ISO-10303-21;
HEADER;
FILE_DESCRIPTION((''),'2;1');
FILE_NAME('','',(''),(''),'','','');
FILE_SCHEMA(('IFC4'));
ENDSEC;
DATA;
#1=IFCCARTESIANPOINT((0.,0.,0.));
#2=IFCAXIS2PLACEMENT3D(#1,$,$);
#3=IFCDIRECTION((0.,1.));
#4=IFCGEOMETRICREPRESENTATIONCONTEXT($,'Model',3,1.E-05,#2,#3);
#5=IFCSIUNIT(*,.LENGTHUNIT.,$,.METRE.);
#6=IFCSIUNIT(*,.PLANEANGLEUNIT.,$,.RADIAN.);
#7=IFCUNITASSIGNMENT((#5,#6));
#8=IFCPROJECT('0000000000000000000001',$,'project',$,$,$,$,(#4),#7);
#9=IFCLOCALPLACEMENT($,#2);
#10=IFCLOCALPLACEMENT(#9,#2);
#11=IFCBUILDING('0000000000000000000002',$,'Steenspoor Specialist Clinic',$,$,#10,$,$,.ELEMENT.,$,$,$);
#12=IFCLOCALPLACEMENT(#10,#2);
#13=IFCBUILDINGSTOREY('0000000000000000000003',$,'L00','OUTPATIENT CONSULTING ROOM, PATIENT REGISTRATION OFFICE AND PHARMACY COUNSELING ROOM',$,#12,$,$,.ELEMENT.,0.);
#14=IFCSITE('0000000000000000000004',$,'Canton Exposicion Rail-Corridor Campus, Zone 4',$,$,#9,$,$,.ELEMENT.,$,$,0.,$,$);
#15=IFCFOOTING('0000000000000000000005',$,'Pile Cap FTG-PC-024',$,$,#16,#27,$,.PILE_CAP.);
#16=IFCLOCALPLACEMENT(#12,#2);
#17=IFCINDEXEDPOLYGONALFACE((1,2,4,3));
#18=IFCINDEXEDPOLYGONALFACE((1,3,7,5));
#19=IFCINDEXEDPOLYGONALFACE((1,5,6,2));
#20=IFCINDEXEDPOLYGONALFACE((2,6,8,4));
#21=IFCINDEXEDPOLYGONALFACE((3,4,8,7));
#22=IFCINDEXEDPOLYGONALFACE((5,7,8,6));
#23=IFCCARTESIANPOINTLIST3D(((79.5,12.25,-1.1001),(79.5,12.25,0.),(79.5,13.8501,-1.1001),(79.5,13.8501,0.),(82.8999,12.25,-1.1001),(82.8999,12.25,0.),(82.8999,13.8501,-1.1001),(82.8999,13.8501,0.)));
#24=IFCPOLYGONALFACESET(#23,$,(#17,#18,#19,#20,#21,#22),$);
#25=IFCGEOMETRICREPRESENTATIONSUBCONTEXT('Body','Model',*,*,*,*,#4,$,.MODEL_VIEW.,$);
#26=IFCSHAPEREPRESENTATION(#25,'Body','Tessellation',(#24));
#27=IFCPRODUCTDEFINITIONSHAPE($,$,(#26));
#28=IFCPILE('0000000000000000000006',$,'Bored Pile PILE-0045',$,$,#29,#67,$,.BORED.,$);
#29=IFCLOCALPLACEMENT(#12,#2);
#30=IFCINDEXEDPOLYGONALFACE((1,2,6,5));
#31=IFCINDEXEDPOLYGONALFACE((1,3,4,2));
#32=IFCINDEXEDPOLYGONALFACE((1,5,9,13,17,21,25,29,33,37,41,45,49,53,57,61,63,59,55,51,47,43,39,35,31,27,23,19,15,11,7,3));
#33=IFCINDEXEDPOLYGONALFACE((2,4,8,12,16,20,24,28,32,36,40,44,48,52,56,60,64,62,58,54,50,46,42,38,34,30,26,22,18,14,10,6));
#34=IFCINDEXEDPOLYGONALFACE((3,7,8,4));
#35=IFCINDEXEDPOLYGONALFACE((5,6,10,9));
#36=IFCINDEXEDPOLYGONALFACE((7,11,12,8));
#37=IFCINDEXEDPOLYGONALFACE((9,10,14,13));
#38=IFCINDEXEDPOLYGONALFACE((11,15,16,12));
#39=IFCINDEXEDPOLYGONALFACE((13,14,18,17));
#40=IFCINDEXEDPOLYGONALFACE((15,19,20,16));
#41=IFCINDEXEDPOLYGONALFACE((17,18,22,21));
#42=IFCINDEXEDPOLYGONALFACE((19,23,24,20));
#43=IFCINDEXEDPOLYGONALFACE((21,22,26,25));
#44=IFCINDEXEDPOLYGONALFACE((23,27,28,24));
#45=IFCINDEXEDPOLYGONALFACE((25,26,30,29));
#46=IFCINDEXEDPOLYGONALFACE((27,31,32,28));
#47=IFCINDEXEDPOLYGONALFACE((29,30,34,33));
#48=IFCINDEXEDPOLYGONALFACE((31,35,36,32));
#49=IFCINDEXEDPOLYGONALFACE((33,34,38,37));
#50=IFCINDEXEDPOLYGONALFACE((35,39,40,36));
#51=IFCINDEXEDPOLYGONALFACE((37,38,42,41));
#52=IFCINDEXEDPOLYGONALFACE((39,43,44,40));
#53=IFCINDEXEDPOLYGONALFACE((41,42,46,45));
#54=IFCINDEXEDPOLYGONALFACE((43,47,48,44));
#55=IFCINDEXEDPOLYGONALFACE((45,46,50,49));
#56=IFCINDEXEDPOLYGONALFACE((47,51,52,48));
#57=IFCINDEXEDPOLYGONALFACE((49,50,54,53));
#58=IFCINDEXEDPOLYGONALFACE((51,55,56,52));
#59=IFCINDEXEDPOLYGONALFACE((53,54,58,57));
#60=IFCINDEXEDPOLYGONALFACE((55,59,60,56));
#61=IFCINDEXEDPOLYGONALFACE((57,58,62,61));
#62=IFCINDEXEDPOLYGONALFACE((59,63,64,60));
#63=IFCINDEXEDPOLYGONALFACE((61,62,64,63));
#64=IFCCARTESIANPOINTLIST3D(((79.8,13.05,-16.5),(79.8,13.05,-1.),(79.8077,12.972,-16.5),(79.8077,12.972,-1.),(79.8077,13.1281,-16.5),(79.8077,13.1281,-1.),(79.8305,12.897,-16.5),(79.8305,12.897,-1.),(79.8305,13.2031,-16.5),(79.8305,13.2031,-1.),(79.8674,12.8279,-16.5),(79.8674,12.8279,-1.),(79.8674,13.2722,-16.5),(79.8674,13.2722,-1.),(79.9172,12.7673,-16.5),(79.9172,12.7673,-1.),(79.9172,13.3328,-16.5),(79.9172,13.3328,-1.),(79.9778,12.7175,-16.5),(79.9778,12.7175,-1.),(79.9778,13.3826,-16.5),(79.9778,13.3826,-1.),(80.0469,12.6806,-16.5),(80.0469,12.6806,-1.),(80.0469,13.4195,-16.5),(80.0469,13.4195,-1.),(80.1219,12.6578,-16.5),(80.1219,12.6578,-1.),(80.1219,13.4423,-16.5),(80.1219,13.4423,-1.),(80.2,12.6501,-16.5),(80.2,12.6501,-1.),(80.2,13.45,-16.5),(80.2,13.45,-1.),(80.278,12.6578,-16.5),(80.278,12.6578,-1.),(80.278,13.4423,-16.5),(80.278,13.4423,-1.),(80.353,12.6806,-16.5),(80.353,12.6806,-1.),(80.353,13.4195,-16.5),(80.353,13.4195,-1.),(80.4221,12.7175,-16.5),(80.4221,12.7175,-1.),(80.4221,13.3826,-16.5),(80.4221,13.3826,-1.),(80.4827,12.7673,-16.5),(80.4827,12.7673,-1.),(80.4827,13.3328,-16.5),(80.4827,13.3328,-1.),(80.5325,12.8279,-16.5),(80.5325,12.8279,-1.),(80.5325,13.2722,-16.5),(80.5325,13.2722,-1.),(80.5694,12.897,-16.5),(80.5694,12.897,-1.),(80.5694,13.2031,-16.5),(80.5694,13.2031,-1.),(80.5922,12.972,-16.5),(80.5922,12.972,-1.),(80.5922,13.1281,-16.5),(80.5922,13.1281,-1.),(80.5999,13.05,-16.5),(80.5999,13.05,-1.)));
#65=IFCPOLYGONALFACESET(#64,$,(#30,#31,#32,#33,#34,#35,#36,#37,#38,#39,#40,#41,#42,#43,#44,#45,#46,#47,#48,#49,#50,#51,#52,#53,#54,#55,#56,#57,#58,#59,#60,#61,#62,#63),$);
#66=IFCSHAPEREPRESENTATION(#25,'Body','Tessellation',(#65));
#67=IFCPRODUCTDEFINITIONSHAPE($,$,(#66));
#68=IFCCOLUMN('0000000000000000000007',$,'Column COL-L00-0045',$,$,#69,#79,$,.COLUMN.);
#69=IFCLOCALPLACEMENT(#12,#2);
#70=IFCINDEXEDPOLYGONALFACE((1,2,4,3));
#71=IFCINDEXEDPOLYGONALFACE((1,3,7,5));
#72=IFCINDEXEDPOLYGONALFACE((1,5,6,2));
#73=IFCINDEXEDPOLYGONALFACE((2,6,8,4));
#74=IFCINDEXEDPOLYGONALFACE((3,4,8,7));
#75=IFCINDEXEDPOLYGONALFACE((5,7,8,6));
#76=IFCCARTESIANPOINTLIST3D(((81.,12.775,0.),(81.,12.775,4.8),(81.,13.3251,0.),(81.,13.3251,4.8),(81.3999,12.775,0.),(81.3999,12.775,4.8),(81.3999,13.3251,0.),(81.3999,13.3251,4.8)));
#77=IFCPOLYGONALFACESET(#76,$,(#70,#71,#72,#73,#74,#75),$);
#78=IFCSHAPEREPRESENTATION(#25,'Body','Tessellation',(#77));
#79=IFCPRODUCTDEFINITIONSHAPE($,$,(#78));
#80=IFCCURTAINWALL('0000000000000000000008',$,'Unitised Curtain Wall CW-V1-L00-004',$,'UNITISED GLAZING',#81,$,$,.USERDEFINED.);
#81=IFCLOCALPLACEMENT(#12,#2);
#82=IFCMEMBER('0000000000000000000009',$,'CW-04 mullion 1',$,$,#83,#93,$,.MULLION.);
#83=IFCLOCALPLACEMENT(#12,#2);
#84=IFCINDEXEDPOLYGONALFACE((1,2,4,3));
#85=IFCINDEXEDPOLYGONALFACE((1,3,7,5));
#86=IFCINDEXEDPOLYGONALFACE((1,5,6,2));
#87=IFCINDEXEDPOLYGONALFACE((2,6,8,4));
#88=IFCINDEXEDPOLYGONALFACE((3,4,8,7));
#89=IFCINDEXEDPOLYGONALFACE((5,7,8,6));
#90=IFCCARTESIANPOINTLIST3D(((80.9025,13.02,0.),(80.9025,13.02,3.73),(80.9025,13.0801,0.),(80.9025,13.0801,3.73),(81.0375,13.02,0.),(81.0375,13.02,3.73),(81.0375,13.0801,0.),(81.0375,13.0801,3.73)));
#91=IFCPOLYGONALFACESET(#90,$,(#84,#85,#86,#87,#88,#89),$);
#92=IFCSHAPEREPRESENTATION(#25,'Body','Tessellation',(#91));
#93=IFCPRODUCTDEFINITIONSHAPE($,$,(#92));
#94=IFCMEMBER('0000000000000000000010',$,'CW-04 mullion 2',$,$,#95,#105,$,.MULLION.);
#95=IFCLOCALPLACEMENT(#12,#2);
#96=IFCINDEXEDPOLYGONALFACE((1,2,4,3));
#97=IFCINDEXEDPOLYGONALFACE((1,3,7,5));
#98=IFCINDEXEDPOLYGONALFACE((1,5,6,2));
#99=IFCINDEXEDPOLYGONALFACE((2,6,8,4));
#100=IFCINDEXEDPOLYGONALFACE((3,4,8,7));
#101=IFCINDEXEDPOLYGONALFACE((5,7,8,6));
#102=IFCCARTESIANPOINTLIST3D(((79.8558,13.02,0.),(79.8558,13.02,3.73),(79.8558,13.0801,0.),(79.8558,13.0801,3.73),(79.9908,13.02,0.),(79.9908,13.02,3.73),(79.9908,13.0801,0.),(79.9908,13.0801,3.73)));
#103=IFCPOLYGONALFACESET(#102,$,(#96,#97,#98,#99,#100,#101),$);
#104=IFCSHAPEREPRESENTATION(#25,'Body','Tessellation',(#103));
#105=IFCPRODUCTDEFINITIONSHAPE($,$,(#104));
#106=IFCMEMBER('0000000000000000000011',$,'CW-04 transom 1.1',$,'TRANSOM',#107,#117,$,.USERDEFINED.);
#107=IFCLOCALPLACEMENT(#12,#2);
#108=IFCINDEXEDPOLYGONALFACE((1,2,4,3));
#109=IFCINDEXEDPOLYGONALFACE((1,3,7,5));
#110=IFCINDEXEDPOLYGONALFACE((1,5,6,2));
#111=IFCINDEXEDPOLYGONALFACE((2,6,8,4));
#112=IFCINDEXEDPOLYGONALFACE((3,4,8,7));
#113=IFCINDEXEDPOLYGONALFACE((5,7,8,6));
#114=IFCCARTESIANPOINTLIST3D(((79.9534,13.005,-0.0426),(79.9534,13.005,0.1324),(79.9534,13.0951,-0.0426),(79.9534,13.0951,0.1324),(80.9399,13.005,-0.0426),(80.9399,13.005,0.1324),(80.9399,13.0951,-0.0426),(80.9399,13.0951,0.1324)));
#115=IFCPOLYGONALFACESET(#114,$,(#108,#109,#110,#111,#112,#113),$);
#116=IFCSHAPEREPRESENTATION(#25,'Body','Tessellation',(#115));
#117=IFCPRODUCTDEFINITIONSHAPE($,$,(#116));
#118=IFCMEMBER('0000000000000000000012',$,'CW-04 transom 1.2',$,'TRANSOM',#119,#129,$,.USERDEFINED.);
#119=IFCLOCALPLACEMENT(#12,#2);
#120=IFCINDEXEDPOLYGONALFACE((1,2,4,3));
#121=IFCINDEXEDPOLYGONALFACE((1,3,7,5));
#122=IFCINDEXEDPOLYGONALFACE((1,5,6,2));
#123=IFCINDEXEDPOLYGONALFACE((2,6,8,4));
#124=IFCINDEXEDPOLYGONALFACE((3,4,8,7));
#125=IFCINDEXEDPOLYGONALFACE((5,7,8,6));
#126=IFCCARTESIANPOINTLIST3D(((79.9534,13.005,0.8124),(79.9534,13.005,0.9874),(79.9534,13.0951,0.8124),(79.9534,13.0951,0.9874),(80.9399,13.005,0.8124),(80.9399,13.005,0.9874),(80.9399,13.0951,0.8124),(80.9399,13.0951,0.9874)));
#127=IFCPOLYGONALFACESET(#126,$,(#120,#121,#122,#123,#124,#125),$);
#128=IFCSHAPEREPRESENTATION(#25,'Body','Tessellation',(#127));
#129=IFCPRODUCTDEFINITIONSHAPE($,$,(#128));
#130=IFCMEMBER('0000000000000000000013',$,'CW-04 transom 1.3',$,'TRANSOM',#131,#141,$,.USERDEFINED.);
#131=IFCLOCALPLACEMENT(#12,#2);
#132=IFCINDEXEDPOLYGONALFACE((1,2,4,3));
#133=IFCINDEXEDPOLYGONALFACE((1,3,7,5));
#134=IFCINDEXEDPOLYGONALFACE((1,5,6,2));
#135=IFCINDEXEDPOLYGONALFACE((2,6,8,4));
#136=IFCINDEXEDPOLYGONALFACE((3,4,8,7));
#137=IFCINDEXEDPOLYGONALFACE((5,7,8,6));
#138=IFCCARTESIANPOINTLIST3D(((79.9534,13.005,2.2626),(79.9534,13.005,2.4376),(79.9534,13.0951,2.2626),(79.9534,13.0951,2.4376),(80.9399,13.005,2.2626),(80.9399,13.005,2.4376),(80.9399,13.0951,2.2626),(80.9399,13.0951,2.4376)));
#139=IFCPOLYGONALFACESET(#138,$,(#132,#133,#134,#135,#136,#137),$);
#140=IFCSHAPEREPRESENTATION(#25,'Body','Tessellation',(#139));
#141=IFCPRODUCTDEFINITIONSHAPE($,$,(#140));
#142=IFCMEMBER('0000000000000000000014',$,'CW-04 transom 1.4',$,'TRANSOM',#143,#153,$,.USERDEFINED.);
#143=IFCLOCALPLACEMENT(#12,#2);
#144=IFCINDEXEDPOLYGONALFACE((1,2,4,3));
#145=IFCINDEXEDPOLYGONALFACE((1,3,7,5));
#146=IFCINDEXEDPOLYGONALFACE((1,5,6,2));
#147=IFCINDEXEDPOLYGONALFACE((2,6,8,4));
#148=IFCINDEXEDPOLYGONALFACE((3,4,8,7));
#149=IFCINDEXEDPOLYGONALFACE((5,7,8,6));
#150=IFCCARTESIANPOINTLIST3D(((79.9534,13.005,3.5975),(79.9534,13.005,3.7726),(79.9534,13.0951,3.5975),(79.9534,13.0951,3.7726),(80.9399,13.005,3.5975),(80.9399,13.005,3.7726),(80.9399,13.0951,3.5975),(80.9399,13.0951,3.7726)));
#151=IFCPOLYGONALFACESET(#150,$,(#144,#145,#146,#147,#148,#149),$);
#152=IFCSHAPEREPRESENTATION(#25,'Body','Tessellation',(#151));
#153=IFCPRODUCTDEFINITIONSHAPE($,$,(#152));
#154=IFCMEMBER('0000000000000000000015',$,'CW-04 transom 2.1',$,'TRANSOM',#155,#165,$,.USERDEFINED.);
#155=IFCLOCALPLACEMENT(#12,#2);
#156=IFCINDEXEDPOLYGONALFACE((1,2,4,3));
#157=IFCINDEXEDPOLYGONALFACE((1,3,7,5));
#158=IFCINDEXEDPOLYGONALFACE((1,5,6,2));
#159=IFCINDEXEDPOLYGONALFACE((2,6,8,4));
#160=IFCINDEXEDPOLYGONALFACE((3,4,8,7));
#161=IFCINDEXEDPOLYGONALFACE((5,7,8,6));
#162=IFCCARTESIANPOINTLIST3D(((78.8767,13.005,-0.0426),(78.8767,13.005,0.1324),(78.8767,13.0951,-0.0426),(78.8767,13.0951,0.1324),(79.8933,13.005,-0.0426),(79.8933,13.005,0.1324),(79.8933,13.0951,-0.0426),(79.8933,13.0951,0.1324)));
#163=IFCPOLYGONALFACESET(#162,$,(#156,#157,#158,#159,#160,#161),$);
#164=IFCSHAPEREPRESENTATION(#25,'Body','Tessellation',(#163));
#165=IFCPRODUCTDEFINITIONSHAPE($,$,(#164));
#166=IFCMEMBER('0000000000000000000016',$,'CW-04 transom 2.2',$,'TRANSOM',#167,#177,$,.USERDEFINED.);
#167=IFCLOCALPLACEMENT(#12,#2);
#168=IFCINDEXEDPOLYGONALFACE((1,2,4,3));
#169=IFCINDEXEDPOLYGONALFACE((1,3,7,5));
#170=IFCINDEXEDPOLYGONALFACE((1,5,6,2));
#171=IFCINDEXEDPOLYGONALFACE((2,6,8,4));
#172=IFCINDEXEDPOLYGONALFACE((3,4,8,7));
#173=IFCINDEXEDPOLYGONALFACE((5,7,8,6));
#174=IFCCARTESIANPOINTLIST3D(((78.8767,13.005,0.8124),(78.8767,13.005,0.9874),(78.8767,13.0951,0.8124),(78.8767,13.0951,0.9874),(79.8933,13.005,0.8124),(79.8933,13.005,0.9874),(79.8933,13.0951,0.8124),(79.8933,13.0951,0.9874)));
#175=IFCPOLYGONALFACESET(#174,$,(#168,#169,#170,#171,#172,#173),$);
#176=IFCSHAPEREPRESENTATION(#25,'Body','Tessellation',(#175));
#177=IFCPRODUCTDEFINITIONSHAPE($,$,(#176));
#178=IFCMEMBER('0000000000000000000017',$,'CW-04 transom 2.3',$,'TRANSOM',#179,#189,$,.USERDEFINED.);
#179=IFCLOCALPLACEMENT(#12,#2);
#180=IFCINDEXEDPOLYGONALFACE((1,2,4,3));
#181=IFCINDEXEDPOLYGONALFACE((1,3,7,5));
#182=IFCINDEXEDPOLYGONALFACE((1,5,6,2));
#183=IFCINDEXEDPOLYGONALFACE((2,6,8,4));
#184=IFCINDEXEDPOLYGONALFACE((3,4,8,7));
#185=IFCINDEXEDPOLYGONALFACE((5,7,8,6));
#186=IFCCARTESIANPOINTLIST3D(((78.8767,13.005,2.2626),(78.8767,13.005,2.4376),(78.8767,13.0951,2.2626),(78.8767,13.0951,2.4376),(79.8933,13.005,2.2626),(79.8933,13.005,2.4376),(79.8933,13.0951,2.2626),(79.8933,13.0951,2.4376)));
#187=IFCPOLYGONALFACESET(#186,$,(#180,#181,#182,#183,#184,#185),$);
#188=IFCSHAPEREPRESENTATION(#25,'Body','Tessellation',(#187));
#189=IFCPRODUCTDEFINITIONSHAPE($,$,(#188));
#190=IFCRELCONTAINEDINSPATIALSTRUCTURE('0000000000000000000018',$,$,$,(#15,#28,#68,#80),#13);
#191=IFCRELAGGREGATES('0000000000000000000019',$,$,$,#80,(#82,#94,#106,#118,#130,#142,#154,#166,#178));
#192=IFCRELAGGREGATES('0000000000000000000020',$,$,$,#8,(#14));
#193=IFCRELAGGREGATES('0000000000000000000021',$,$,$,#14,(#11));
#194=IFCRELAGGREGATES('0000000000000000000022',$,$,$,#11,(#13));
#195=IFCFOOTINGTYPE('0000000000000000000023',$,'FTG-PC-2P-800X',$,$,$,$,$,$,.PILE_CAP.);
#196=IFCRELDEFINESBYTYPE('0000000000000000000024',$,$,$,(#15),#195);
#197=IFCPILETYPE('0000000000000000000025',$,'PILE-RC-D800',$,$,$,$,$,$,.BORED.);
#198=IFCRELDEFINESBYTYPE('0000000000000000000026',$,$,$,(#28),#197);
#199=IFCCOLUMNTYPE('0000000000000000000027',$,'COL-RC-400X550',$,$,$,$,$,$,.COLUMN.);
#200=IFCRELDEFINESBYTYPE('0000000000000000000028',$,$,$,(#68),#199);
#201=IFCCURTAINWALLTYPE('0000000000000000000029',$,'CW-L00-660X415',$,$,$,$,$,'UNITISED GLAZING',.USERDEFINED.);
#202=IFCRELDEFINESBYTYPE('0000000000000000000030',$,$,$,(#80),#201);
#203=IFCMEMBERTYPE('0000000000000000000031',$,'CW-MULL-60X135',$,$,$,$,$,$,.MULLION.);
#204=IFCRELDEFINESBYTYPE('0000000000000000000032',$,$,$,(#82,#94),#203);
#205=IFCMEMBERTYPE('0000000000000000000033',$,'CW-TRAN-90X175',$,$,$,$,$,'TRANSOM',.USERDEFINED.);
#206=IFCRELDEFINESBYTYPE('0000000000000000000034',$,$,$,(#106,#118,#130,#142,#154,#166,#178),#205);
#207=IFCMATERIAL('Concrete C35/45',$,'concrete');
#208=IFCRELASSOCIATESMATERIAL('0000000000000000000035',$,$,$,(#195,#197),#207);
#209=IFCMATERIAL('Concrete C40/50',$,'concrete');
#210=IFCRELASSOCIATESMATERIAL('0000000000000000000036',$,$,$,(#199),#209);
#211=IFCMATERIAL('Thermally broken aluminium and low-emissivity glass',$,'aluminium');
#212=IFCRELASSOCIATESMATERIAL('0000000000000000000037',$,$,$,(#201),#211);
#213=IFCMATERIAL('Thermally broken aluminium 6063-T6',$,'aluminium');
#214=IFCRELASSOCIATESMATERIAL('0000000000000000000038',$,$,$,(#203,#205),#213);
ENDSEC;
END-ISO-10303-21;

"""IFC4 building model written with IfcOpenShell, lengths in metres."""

from ifc_helpers import new_model, si_unit, direction, frame, origin, origin_2d, place, context, subcontext, project, spatial, rectangle, circle, extrude, material, material_profile, profile_set, type_object, element, aggregate, save


model = new_model("IFC4")

# Units and contexts
model_context = context("Model", 3, precision=1e-05, world=origin(), true_north=direction((0.0, 1.0)))
body_context = subcontext(model_context, "Body", "Model", "MODEL_VIEW")
ifc_project = project(units=[si_unit("LENGTHUNIT", "METRE"), si_unit("PLANEANGLEUNIT", "RADIAN")], contexts=[model_context])

# Site, building, storey
site_placement = place(None, origin())
site = spatial("IfcSite", under=ifc_project, at=site_placement, Name="Canton Exposicion Rail-Corridor Campus, Zone 4", CompositionType="ELEMENT", RefElevation=0.0)
building_placement = place(site_placement, origin())
building = spatial("IfcBuilding", under=site, at=building_placement, Name="Steenspoor Specialist Clinic", CompositionType="ELEMENT")
storey_placement = place(building_placement, origin())
storey = spatial("IfcBuildingStorey", under=building, at=storey_placement, Name="L00", Description="OUTPATIENT CONSULTING ROOM, PATIENT REGISTRATION OFFICE AND PHARMACY COUNSELING ROOM", CompositionType="ELEMENT", Elevation=0.0)

# Footing
ifc_material_1 = material(Name="Concrete C35/45", Category="concrete")
footing_type = type_object("IfcFootingType", Name="FTG-PC-2P-800X", PredefinedType="PILE_CAP", material=ifc_material_1)
footing_placement = place(storey_placement, frame((81.2, 13.05, -1.1001), z_axis=(0.0, 0.0, 1.0), x_axis=(1.0, 0.0, 0.0)))
element("IfcFooting", 1, at=footing_placement, inside=storey, type_object=footing_type, Name="Pile Cap FTG-PC-024", PredefinedType="PILE_CAP", context=body_context, shape_type="SweptSolid", body=[
    extrude(rectangle(XDim=3.3999, YDim=1.6001, at=origin_2d()), origin(), (0.0, 0.0, 1.0), 1.1001),
])

# Pile
ifc_material_profile_1 = material_profile(ifc_material_1, circle(Radius=0.3999, at=origin_2d()), Name="PILE-D800")
ifc_profile_set_1 = profile_set([ifc_material_profile_1], Name="Concrete C35/45")
pile_type = type_object("IfcPileType", Name="PILE-RC-D800", PredefinedType="BORED", material=ifc_profile_set_1)
pile_placement = place(storey_placement, frame((80.2, 13.05, -1.0), z_axis=(0.0, 0.0, -1.0), x_axis=(1.0, 0.0, 0.0)))
element("IfcPile", 2, at=pile_placement, inside=storey, type_object=pile_type, Name="Bored Pile PILE-0045", PredefinedType="BORED", context=body_context, shape_type="SweptSolid", body=[
    extrude(circle(Radius=0.3999, at=origin_2d()), origin(), (0.0, 0.0, 1.0), 15.5),
])

# Column
ifc_material_2 = material(Name="Concrete C40/50", Category="concrete")
ifc_material_profile_2 = material_profile(ifc_material_2, rectangle(XDim=0.3999, YDim=0.55, at=origin_2d()), Name="RC-COL-400X550")
ifc_profile_set_2 = profile_set([ifc_material_profile_2], Name="Concrete C40/50")
column_type = type_object("IfcColumnType", Name="COL-RC-400X550", PredefinedType="COLUMN", material=ifc_profile_set_2)
column_placement = place(storey_placement, frame((81.2, 13.05, 0.0), z_axis=(0.0, 0.0, 1.0), x_axis=(1.0, 0.0, 0.0)))
element("IfcColumn", 3, at=column_placement, inside=storey, type_object=column_type, Name="Column COL-L00-0045", PredefinedType="COLUMN", context=body_context, shape_type="SweptSolid", body=[
    extrude(rectangle(XDim=0.3999, YDim=0.55, at=origin_2d()), origin(), (0.0, 0.0, 1.0), 4.8),
])

# Curtain wall, members
ifc_material_3 = material(Name="Thermally broken aluminium and low-emissivity glass", Category="aluminium")
curtain_wall_type = type_object("IfcCurtainWallType", Name="CW-L00-660X415", ElementType="UNITISED GLAZING", PredefinedType="USERDEFINED", material=ifc_material_3)
curtain_wall_placement = place(storey_placement, origin())
curtain_wall = element("IfcCurtainWall", 4, at=curtain_wall_placement, inside=storey, type_object=curtain_wall_type, Name="Unitised Curtain Wall CW-V1-L00-004", ObjectType="UNITISED GLAZING", PredefinedType="USERDEFINED")
ifc_material_4 = material(Name="Thermally broken aluminium 6063-T6", Category="aluminium")
ifc_material_profile_3 = material_profile(ifc_material_4, rectangle(XDim=0.0601, YDim=0.135, at=origin_2d()), Name="CWM-60X135")
ifc_profile_set_3 = profile_set([ifc_material_profile_3], Name="Thermally broken aluminium 6063-T6")
member_type_1 = type_object("IfcMemberType", Name="CW-MULL-60X135", PredefinedType="MULLION", material=ifc_profile_set_3)
member_1_placement = place(storey_placement, frame((80.97, 13.05, 0.0), z_axis=(0.0, 0.0, 1.0), x_axis=(0.0, -1.0, 0.0)))
member_1 = element("IfcMember", 5, at=member_1_placement, type_object=member_type_1, Name="CW-04 mullion 1", PredefinedType="MULLION", context=body_context, shape_type="SweptSolid", body=[
    extrude(rectangle(XDim=0.0601, YDim=0.135, at=origin_2d()), origin(), (0.0, 0.0, 1.0), 3.73),
])
member_2_placement = place(storey_placement, frame((79.9233, 13.05, 0.0), z_axis=(0.0, 0.0, 1.0), x_axis=(0.0, -1.0, 0.0)))
member_2 = element("IfcMember", 6, at=member_2_placement, type_object=member_type_1, Name="CW-04 mullion 2", PredefinedType="MULLION", context=body_context, shape_type="SweptSolid", body=[
    extrude(rectangle(XDim=0.0601, YDim=0.135, at=origin_2d()), origin(), (0.0, 0.0, 1.0), 3.73),
])
ifc_material_profile_4 = material_profile(ifc_material_4, rectangle(XDim=0.0901, YDim=0.175, at=origin_2d()), Name="CWT-90X175")
ifc_profile_set_4 = profile_set([ifc_material_profile_4], Name="Thermally broken aluminium 6063-T6")
member_type_2 = type_object("IfcMemberType", Name="CW-TRAN-90X175", ElementType="TRANSOM", PredefinedType="USERDEFINED", material=ifc_profile_set_4)
member_3_placement = place(storey_placement, frame((80.9399, 13.05, 0.0449), z_axis=(-1.0, 0.0, 0.0), x_axis=(0.0, -1.0, 0.0)))
member_3 = element("IfcMember", 7, at=member_3_placement, type_object=member_type_2, Name="CW-04 transom 1.1", ObjectType="TRANSOM", PredefinedType="USERDEFINED", context=body_context, shape_type="SweptSolid", body=[
    extrude(rectangle(XDim=0.0901, YDim=0.175, at=origin_2d()), origin(), (0.0, 0.0, 1.0), 0.9866),
])
member_4_placement = place(storey_placement, frame((80.9399, 13.05, 0.8999), z_axis=(-1.0, 0.0, 0.0), x_axis=(0.0, -1.0, 0.0)))
member_4 = element("IfcMember", 8, at=member_4_placement, type_object=member_type_2, Name="CW-04 transom 1.2", ObjectType="TRANSOM", PredefinedType="USERDEFINED", context=body_context, shape_type="SweptSolid", body=[
    extrude(rectangle(XDim=0.0901, YDim=0.175, at=origin_2d()), origin(), (0.0, 0.0, 1.0), 0.9866),
])
member_5_placement = place(storey_placement, frame((80.9399, 13.05, 2.3501), z_axis=(-1.0, 0.0, 0.0), x_axis=(0.0, -1.0, 0.0)))
member_5 = element("IfcMember", 9, at=member_5_placement, type_object=member_type_2, Name="CW-04 transom 1.3", ObjectType="TRANSOM", PredefinedType="USERDEFINED", context=body_context, shape_type="SweptSolid", body=[
    extrude(rectangle(XDim=0.0901, YDim=0.175, at=origin_2d()), origin(), (0.0, 0.0, 1.0), 0.9866),
])
member_6_placement = place(storey_placement, frame((80.9399, 13.05, 3.6851), z_axis=(-1.0, 0.0, 0.0), x_axis=(0.0, -1.0, 0.0)))
member_6 = element("IfcMember", 10, at=member_6_placement, type_object=member_type_2, Name="CW-04 transom 1.4", ObjectType="TRANSOM", PredefinedType="USERDEFINED", context=body_context, shape_type="SweptSolid", body=[
    extrude(rectangle(XDim=0.0901, YDim=0.175, at=origin_2d()), origin(), (0.0, 0.0, 1.0), 0.9866),
])
member_7_placement = place(storey_placement, frame((79.8933, 13.05, 0.0449), z_axis=(-1.0, 0.0, 0.0), x_axis=(0.0, -1.0, 0.0)))
member_7 = element("IfcMember", 11, at=member_7_placement, type_object=member_type_2, Name="CW-04 transom 2.1", ObjectType="TRANSOM", PredefinedType="USERDEFINED", context=body_context, shape_type="SweptSolid", body=[
    extrude(rectangle(XDim=0.0901, YDim=0.175, at=origin_2d()), origin(), (0.0, 0.0, 1.0), 1.0166),
])
member_8_placement = place(storey_placement, frame((79.8933, 13.05, 0.8999), z_axis=(-1.0, 0.0, 0.0), x_axis=(0.0, -1.0, 0.0)))
member_8 = element("IfcMember", 12, at=member_8_placement, type_object=member_type_2, Name="CW-04 transom 2.2", ObjectType="TRANSOM", PredefinedType="USERDEFINED", context=body_context, shape_type="SweptSolid", body=[
    extrude(rectangle(XDim=0.0901, YDim=0.175, at=origin_2d()), origin(), (0.0, 0.0, 1.0), 1.0166),
])
member_9_placement = place(storey_placement, frame((79.8933, 13.05, 2.3501), z_axis=(-1.0, 0.0, 0.0), x_axis=(0.0, -1.0, 0.0)))
member_9 = element("IfcMember", 13, at=member_9_placement, type_object=member_type_2, Name="CW-04 transom 2.3", ObjectType="TRANSOM", PredefinedType="USERDEFINED", context=body_context, shape_type="SweptSolid", body=[
    extrude(rectangle(XDim=0.0901, YDim=0.175, at=origin_2d()), origin(), (0.0, 0.0, 1.0), 1.0166),
])

aggregate(curtain_wall, [member_1, member_2, member_3, member_4, member_5, member_6, member_7, member_8, member_9])

save(model, "model.ifc")
